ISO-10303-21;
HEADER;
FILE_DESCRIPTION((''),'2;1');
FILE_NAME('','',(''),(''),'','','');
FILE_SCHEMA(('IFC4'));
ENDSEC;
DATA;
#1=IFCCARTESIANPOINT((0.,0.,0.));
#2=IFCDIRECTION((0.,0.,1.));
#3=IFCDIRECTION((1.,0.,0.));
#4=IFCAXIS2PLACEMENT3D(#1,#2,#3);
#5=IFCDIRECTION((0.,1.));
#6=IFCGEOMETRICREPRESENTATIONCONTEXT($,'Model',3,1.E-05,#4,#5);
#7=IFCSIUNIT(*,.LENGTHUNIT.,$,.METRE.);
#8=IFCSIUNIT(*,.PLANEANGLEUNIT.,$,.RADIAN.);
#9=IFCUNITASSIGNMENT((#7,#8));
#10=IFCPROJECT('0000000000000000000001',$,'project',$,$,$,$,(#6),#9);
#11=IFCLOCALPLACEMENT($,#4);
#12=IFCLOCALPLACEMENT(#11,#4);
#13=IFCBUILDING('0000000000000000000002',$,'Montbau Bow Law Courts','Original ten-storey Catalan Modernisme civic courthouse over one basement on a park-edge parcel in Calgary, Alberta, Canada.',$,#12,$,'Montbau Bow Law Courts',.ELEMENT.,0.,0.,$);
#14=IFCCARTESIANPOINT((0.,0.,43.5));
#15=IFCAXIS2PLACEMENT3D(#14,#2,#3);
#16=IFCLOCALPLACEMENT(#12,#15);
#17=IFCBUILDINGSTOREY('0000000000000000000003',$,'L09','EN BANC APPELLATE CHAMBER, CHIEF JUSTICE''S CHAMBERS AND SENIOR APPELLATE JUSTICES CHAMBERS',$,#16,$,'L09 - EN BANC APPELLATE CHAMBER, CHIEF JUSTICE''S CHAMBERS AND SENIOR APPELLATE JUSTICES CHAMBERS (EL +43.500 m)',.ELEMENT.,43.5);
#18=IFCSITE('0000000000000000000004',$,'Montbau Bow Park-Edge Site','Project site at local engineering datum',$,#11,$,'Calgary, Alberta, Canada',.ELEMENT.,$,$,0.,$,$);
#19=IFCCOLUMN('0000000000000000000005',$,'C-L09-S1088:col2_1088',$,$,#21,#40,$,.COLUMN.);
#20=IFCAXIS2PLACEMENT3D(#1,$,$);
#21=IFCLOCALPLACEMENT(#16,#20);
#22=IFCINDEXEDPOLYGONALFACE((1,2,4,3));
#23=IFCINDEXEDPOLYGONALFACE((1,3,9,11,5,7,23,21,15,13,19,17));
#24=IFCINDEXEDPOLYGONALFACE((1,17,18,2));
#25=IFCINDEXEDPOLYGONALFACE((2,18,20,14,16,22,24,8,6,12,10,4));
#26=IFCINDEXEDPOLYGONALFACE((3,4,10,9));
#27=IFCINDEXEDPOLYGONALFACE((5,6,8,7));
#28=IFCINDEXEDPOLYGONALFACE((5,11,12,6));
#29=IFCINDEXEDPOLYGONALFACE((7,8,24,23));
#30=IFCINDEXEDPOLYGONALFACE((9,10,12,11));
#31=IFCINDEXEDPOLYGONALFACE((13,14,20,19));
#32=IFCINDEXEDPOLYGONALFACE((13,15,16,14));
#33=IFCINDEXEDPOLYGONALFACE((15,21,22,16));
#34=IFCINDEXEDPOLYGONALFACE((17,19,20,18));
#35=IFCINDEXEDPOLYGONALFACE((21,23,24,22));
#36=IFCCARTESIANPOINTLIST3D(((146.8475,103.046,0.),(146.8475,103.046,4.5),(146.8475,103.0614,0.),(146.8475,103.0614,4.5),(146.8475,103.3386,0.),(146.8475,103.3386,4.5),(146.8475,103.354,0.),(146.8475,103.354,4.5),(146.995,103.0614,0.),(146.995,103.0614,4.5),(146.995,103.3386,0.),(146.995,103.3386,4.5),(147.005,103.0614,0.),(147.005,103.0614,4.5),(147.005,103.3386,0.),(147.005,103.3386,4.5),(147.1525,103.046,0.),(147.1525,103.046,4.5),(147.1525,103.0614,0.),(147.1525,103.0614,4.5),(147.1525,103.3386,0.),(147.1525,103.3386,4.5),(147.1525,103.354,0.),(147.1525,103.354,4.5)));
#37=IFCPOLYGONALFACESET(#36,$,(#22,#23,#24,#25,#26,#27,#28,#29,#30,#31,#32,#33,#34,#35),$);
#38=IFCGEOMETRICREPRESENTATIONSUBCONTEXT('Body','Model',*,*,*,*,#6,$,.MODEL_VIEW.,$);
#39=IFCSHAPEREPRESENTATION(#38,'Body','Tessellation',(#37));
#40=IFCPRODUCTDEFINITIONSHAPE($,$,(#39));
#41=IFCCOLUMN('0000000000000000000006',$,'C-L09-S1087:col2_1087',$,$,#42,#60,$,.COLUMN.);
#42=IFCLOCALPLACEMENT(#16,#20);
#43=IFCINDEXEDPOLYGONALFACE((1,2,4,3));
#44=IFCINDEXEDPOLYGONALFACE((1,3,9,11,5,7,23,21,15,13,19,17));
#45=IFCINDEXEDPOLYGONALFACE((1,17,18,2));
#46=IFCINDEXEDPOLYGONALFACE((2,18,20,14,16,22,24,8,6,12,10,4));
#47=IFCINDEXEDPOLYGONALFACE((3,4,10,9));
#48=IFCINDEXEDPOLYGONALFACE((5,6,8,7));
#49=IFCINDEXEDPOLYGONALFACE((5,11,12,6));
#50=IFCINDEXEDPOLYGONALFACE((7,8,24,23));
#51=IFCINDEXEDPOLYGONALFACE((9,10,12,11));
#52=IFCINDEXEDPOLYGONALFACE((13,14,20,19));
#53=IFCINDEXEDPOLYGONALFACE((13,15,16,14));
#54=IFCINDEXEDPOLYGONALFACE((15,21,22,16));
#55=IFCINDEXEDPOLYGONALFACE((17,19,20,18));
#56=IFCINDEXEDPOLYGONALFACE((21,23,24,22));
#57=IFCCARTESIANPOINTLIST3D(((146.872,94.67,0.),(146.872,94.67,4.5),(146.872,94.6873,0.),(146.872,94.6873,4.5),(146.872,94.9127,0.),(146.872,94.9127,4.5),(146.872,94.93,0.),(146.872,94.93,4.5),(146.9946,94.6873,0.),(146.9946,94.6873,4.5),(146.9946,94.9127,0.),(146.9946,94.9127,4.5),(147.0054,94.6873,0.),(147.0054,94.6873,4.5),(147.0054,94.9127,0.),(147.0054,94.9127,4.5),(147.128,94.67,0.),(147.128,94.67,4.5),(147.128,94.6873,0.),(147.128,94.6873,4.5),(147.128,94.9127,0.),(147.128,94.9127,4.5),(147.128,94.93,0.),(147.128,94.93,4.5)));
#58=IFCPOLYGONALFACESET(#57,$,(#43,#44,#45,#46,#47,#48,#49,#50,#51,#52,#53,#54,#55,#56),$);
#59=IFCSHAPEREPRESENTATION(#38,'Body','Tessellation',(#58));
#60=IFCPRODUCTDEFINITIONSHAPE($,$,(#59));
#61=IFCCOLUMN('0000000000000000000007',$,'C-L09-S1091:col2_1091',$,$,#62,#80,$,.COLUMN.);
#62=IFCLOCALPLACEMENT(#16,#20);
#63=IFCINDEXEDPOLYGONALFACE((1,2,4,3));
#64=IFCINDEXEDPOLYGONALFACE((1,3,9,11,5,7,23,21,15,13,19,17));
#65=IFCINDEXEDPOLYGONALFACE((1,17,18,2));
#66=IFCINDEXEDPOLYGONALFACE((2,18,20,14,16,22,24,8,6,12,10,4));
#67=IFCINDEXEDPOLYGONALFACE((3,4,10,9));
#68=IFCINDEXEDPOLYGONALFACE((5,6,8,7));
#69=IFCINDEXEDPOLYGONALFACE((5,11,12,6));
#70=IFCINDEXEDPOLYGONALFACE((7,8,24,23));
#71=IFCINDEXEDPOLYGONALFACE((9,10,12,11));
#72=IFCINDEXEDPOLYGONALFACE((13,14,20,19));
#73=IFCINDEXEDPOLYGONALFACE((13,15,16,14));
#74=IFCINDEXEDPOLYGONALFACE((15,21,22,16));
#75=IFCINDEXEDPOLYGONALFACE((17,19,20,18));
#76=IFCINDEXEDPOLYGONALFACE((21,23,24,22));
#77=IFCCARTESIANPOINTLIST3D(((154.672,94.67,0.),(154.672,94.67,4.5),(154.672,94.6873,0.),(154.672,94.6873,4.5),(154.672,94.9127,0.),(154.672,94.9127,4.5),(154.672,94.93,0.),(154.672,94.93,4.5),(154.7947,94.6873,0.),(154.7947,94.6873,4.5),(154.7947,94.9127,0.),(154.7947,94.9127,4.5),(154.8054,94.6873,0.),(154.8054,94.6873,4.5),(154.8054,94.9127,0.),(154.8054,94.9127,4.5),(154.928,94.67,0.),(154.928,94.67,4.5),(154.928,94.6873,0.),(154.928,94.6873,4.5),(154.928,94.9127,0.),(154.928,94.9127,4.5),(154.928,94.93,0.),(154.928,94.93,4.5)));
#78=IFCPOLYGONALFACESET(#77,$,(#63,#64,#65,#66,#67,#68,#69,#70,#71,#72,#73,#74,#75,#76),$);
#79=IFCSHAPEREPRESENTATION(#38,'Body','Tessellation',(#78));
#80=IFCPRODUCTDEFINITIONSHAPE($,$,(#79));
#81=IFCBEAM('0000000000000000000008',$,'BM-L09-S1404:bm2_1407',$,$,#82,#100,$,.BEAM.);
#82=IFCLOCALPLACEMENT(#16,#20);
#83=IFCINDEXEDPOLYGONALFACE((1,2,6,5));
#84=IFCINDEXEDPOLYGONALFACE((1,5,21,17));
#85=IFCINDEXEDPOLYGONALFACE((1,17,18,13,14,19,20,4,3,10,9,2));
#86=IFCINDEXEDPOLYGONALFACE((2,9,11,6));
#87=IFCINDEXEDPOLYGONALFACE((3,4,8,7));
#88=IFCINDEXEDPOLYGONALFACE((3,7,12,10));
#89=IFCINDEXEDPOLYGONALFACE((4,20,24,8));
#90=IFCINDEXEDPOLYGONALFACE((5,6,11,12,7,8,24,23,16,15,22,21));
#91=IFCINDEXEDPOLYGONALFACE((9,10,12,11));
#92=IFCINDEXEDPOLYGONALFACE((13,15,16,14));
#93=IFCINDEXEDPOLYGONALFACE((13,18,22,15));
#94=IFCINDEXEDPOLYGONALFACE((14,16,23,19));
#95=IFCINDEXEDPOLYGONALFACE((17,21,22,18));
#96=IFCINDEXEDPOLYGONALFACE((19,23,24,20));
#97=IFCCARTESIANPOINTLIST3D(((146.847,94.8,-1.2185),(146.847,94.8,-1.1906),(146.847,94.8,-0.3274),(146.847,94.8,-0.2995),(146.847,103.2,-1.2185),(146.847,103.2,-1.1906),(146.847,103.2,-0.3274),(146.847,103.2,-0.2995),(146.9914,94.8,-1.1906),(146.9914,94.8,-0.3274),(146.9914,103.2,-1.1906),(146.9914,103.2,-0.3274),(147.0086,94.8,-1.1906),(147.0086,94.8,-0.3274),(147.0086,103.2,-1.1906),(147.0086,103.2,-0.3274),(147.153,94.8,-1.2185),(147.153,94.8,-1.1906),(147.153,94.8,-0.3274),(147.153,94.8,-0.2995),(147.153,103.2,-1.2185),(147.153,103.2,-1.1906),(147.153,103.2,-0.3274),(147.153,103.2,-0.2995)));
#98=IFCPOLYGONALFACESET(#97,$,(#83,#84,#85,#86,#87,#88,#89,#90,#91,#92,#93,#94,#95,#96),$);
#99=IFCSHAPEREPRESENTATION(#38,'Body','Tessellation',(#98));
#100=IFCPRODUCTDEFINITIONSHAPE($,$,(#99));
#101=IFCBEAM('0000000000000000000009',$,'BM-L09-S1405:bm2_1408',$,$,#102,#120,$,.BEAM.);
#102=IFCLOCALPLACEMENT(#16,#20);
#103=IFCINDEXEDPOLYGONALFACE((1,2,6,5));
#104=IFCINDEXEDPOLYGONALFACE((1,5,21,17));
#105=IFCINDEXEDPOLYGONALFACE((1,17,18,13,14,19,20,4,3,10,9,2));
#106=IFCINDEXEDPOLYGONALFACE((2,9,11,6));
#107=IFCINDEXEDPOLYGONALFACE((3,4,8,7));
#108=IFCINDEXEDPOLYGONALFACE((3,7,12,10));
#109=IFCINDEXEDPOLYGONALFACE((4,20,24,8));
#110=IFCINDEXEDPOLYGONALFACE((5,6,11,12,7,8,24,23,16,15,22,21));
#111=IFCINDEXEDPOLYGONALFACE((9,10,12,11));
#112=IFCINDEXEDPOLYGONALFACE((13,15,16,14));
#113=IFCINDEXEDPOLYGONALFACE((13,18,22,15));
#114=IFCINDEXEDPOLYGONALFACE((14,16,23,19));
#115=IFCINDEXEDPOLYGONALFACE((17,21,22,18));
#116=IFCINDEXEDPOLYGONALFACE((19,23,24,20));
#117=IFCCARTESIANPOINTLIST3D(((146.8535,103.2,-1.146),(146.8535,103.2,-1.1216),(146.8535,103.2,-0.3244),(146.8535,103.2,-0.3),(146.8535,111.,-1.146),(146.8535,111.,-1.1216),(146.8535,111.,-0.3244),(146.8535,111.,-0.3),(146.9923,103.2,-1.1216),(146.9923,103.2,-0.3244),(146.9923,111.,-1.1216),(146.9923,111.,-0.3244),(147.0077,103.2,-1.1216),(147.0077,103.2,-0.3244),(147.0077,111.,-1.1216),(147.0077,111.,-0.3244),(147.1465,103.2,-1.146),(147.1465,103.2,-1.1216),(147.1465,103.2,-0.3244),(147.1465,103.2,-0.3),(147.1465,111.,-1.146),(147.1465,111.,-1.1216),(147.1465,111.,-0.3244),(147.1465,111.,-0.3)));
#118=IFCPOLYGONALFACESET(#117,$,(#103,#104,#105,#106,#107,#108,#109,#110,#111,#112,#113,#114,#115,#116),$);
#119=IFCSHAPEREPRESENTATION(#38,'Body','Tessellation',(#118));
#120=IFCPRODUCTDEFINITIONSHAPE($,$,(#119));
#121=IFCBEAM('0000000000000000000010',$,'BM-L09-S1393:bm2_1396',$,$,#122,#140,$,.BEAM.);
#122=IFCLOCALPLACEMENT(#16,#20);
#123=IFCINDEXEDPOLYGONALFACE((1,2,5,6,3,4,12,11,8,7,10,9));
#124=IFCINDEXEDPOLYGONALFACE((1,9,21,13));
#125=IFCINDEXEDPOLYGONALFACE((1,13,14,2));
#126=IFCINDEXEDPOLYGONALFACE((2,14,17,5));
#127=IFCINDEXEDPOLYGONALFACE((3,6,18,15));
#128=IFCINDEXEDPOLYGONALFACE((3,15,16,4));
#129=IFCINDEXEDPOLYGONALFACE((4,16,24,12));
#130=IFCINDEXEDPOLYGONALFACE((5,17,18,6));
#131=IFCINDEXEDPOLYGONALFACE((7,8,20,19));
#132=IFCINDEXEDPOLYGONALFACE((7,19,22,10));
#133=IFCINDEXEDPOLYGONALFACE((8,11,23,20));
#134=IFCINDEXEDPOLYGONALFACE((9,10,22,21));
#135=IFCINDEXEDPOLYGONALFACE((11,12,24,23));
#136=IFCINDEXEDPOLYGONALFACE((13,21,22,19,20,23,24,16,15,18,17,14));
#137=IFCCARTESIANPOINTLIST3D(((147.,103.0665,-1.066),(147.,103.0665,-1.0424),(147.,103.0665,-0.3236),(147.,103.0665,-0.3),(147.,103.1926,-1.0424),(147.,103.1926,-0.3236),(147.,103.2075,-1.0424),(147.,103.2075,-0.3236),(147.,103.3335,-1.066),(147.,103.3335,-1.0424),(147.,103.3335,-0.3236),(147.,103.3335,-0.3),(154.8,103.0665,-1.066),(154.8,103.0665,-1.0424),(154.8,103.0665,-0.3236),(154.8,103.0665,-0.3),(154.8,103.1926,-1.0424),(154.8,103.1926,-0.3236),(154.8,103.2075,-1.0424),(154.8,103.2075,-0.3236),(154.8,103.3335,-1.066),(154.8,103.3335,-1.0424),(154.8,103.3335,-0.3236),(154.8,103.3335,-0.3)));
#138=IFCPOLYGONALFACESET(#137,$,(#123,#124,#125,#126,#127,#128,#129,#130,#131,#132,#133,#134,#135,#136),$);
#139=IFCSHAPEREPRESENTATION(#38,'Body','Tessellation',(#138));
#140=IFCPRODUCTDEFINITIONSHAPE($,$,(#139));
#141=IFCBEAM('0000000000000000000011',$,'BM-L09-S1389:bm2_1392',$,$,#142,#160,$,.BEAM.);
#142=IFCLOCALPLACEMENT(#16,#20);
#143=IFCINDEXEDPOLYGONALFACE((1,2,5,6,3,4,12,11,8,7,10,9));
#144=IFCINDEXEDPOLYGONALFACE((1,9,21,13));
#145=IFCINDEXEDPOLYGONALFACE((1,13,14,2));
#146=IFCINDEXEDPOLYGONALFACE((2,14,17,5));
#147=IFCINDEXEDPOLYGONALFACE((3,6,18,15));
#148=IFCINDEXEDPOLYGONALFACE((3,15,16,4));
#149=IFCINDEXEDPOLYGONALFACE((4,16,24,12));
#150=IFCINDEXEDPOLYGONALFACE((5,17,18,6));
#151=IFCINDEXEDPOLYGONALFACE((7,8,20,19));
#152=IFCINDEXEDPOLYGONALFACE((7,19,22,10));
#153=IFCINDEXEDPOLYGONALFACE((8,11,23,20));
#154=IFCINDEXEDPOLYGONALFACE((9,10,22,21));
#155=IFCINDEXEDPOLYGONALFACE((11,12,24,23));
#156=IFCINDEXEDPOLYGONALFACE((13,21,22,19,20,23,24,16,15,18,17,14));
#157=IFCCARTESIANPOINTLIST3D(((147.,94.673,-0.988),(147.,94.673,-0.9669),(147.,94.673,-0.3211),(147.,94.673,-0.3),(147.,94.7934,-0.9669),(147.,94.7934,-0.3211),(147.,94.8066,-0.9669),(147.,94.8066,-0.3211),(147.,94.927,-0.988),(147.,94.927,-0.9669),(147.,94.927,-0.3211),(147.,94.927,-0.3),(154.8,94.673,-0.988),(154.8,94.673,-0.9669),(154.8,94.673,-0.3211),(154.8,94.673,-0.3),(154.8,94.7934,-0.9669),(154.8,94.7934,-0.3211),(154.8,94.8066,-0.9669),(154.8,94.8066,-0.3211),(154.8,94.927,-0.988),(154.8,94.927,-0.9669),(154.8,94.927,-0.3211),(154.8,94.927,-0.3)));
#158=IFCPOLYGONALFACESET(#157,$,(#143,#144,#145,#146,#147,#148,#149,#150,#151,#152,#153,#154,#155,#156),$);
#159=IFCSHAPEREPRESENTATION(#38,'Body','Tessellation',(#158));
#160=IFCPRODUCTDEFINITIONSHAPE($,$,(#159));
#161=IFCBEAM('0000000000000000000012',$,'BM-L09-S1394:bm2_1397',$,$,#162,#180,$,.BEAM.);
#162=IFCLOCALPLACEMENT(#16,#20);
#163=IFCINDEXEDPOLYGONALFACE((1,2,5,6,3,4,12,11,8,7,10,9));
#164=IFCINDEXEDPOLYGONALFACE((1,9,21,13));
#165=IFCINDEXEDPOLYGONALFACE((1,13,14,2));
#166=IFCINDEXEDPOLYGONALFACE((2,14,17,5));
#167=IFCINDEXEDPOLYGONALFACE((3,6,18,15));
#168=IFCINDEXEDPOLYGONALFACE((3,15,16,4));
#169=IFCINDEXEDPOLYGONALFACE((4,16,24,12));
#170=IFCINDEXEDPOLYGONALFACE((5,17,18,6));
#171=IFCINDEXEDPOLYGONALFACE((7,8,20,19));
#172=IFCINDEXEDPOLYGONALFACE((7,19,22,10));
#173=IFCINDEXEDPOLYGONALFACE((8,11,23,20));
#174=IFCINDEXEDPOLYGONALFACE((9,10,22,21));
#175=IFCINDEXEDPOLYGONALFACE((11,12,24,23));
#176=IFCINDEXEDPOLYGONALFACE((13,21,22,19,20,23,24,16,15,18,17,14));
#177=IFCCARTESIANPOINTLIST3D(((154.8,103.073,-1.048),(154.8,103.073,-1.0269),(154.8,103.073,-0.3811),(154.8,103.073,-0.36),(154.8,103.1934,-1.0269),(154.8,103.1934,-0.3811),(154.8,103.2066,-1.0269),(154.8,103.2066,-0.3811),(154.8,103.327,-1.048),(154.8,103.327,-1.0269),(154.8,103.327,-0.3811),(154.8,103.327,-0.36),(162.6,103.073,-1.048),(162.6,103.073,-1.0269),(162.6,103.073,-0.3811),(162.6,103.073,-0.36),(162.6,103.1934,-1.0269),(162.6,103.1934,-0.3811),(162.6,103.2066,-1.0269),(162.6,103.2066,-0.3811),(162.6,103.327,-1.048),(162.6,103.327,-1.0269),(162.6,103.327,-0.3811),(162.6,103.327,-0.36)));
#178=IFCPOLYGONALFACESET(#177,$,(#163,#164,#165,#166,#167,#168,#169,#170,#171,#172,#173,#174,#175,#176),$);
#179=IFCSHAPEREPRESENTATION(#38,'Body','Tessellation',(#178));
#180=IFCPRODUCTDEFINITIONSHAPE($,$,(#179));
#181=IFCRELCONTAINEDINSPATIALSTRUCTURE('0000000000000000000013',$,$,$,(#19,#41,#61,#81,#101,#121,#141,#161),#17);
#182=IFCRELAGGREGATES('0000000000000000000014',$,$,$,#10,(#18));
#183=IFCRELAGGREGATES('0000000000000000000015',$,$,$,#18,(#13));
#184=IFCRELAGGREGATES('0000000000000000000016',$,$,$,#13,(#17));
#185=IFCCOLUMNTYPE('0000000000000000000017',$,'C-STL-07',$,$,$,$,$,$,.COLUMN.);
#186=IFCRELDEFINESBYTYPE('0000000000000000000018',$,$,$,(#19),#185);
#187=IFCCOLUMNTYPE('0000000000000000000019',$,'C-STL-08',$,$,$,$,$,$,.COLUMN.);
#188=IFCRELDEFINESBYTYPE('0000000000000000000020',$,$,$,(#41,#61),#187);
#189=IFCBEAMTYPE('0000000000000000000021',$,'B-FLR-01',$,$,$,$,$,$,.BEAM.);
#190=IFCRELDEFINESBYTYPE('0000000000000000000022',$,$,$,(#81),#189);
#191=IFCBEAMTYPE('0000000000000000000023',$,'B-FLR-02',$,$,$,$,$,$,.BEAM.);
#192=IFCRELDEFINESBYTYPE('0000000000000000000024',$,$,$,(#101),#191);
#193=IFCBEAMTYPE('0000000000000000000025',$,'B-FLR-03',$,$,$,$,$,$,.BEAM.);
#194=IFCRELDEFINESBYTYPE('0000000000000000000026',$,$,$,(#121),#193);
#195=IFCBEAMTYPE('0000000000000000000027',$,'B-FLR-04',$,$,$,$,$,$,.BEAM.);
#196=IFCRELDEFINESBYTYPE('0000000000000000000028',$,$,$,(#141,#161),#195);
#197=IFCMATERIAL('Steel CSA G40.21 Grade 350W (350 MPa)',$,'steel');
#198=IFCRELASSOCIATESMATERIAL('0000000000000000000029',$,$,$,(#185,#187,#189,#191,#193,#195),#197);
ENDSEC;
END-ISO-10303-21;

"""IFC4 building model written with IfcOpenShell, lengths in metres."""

from ifc_helpers import new_model, si_unit, direction, frame, origin_with_axes, origin_2d_with_axis, place, context, subcontext, project, spatial, i_section, extrude, material, material_profile, profile_set, type_object, element, save


model = new_model("IFC4")

# Units and contexts
model_context = context("Model", 3, precision=1e-05, world=origin_with_axes(), true_north=direction((0.0, 1.0)))
body_context = subcontext(model_context, "Body", "Model", "MODEL_VIEW")
ifc_project = project(units=[si_unit("LENGTHUNIT", "METRE"), si_unit("PLANEANGLEUNIT", "RADIAN")], contexts=[model_context])

# Site, building, storey
site_placement = place(None, origin_with_axes())
site = spatial("IfcSite", under=ifc_project, at=site_placement, Name="Montbau Bow Park-Edge Site", Description="Project site at local engineering datum", LongName="Calgary, Alberta, Canada", CompositionType="ELEMENT", RefElevation=0.0)
building_placement = place(site_placement, origin_with_axes())
building = spatial("IfcBuilding", under=site, at=building_placement, Name="Montbau Bow Law Courts", Description="Original ten-storey Catalan Modernisme civic courthouse over one basement on a park-edge parcel in Calgary, Alberta, Canada.", LongName="Montbau Bow Law Courts", CompositionType="ELEMENT", ElevationOfRefHeight=0.0, ElevationOfTerrain=0.0)
storey_placement = place(building_placement, frame((0.0, 0.0, 43.5), z_axis=(0.0, 0.0, 1.0), x_axis=(1.0, 0.0, 0.0)))
storey = spatial("IfcBuildingStorey", under=building, at=storey_placement, Name="L09", Description="EN BANC APPELLATE CHAMBER, CHIEF JUSTICE'S CHAMBERS AND SENIOR APPELLATE JUSTICES CHAMBERS", LongName="L09 - EN BANC APPELLATE CHAMBER, CHIEF JUSTICE'S CHAMBERS AND SENIOR APPELLATE JUSTICES CHAMBERS (EL +43.500 m)", CompositionType="ELEMENT", Elevation=43.5)

# Columns
ifc_material_1 = material(Name="Steel CSA G40.21 Grade 350W (350 MPa)", Category="steel")
ifc_material_profile_1 = material_profile(ifc_material_1, i_section(OverallWidth=0.305, OverallDepth=0.308, WebThickness=0.0099, FlangeThickness=0.0154, at=origin_2d_with_axis()), Name="W310X97", Category="Main", Priority=0)
ifc_profile_set_1 = profile_set([ifc_material_profile_1], Name="Steel CSA G40.21 Grade 350W (350 MPa)")
column_type_1 = type_object("IfcColumnType", Name="C-STL-07", PredefinedType="COLUMN", material=ifc_profile_set_1)
column_placement = place(None, frame((147.0, 103.2, 43.5), z_axis=(0.0, 0.0, 1.0), x_axis=(1.0, 0.0, 0.0)))
element("IfcColumn", 1, at=column_placement, inside=storey, type_object=column_type_1, Name="C-L09-S1088:col2_1088", PredefinedType="COLUMN", context=body_context, shape_type="SweptSolid", body=[
    extrude(i_section(OverallWidth=0.305, OverallDepth=0.308, WebThickness=0.0099, FlangeThickness=0.0154, at=origin_2d_with_axis()), origin_with_axes(), (0.0, 0.0, 1.0), 4.5),
])
ifc_material_profile_2 = material_profile(ifc_material_1, i_section(OverallWidth=0.256, OverallDepth=0.26, WebThickness=0.0107, FlangeThickness=0.0173, at=origin_2d_with_axis()), Name="W250X89", Category="Main", Priority=0)
ifc_profile_set_2 = profile_set([ifc_material_profile_2], Name="Steel CSA G40.21 Grade 350W (350 MPa)")
column_type_2 = type_object("IfcColumnType", Name="C-STL-08", PredefinedType="COLUMN", material=ifc_profile_set_2)
for number, where, z_axis, x_axis, name in (
    (2, (147.0, 94.8, 43.5), (0.0, 0.0, 1.0), (1.0, 0.0, 0.0), "C-L09-S1087:col2_1087"),
    (3, (154.8, 94.8, 43.5), (0.0, 0.0, 1.0), (1.0, 0.0, 0.0), "C-L09-S1091:col2_1091"),
):
    element("IfcColumn", number, at=place(None, frame(where, z_axis=z_axis, x_axis=x_axis)), inside=storey, type_object=column_type_2, Name=name, PredefinedType="COLUMN", context=body_context, shape_type="SweptSolid", body=[
        extrude(i_section(OverallWidth=0.256, OverallDepth=0.26, WebThickness=0.0107, FlangeThickness=0.0173, at=origin_2d_with_axis()), origin_with_axes(), (0.0, 0.0, 1.0), 4.5),
    ])

# Beams
ifc_material_profile_3 = material_profile(ifc_material_1, i_section(OverallWidth=0.306, OverallDepth=0.919, WebThickness=0.0173, FlangeThickness=0.0279, at=origin_2d_with_axis()), Name="W920X253", Category="Main", Priority=0)
ifc_profile_set_3 = profile_set([ifc_material_profile_3], Name="Steel CSA G40.21 Grade 350W (350 MPa)")
beam_type_1 = type_object("IfcBeamType", Name="B-FLR-01", PredefinedType="BEAM", material=ifc_profile_set_3)
beam_1_placement = place(None, frame((147.0, 94.8, 42.741), z_axis=(0.0, 1.0, 0.0), x_axis=(-1.0, 0.0, 0.0)))
element("IfcBeam", 4, at=beam_1_placement, inside=storey, type_object=beam_type_1, Name="BM-L09-S1404:bm2_1407", PredefinedType="BEAM", context=body_context, shape_type="SweptSolid", body=[
    extrude(i_section(OverallWidth=0.306, OverallDepth=0.919, WebThickness=0.0173, FlangeThickness=0.0279, at=origin_2d_with_axis()), origin_with_axes(), (0.0, 0.0, 1.0), 8.4),
])
ifc_material_profile_4 = material_profile(ifc_material_1, i_section(OverallWidth=0.293, OverallDepth=0.846, WebThickness=0.0154, FlangeThickness=0.0244, at=origin_2d_with_axis()), Name="W840X210", Category="Main", Priority=0)
ifc_profile_set_4 = profile_set([ifc_material_profile_4], Name="Steel CSA G40.21 Grade 350W (350 MPa)")
beam_type_2 = type_object("IfcBeamType", Name="B-FLR-02", PredefinedType="BEAM", material=ifc_profile_set_4)
beam_2_placement = place(None, frame((147.0, 103.2, 42.777), z_axis=(0.0, 1.0, 0.0), x_axis=(-1.0, 0.0, 0.0)))
element("IfcBeam", 5, at=beam_2_placement, inside=storey, type_object=beam_type_2, Name="BM-L09-S1405:bm2_1408", PredefinedType="BEAM", context=body_context, shape_type="SweptSolid", body=[
    extrude(i_section(OverallWidth=0.293, OverallDepth=0.846, WebThickness=0.0154, FlangeThickness=0.0244, at=origin_2d_with_axis()), origin_with_axes(), (0.0, 0.0, 1.0), 7.8),
])
ifc_material_profile_5 = material_profile(ifc_material_1, i_section(OverallWidth=0.267, OverallDepth=0.766, WebThickness=0.0149, FlangeThickness=0.0236, at=origin_2d_with_axis()), Name="W760X185", Category="Main", Priority=0)
ifc_profile_set_5 = profile_set([ifc_material_profile_5], Name="Steel CSA G40.21 Grade 350W (350 MPa)")
beam_type_3 = type_object("IfcBeamType", Name="B-FLR-03", PredefinedType="BEAM", material=ifc_profile_set_5)
beam_3_placement = place(None, frame((147.0, 103.2, 42.817), z_axis=(1.0, 0.0, 0.0), x_axis=(0.0, 1.0, 0.0)))
element("IfcBeam", 6, at=beam_3_placement, inside=storey, type_object=beam_type_3, Name="BM-L09-S1393:bm2_1396", PredefinedType="BEAM", context=body_context, shape_type="SweptSolid", body=[
    extrude(i_section(OverallWidth=0.267, OverallDepth=0.766, WebThickness=0.0149, FlangeThickness=0.0236, at=origin_2d_with_axis()), origin_with_axes(), (0.0, 0.0, 1.0), 7.8),
])
ifc_material_profile_6 = material_profile(ifc_material_1, i_section(OverallWidth=0.254, OverallDepth=0.688, WebThickness=0.0131, FlangeThickness=0.0211, at=origin_2d_with_axis()), Name="W690X152", Category="Main", Priority=0)
ifc_profile_set_6 = profile_set([ifc_material_profile_6], Name="Steel CSA G40.21 Grade 350W (350 MPa)")
beam_type_4 = type_object("IfcBeamType", Name="B-FLR-04", PredefinedType="BEAM", material=ifc_profile_set_6)
for number, where, z_axis, x_axis, name in (
    (7, (147.0, 94.8, 42.856), (1.0, 0.0, 0.0), (0.0, 1.0, 0.0), "BM-L09-S1389:bm2_1392"),
    (8, (154.8, 103.2, 42.796), (1.0, 0.0, 0.0), (0.0, 1.0, 0.0), "BM-L09-S1394:bm2_1397"),
):
    element("IfcBeam", number, at=place(None, frame(where, z_axis=z_axis, x_axis=x_axis)), inside=storey, type_object=beam_type_4, Name=name, PredefinedType="BEAM", context=body_context, shape_type="SweptSolid", body=[
        extrude(i_section(OverallWidth=0.254, OverallDepth=0.688, WebThickness=0.0131, FlangeThickness=0.0211, at=origin_2d_with_axis()), origin_with_axes(), (0.0, 0.0, 1.0), 7.8),
    ])

save(model, "model.ifc")
